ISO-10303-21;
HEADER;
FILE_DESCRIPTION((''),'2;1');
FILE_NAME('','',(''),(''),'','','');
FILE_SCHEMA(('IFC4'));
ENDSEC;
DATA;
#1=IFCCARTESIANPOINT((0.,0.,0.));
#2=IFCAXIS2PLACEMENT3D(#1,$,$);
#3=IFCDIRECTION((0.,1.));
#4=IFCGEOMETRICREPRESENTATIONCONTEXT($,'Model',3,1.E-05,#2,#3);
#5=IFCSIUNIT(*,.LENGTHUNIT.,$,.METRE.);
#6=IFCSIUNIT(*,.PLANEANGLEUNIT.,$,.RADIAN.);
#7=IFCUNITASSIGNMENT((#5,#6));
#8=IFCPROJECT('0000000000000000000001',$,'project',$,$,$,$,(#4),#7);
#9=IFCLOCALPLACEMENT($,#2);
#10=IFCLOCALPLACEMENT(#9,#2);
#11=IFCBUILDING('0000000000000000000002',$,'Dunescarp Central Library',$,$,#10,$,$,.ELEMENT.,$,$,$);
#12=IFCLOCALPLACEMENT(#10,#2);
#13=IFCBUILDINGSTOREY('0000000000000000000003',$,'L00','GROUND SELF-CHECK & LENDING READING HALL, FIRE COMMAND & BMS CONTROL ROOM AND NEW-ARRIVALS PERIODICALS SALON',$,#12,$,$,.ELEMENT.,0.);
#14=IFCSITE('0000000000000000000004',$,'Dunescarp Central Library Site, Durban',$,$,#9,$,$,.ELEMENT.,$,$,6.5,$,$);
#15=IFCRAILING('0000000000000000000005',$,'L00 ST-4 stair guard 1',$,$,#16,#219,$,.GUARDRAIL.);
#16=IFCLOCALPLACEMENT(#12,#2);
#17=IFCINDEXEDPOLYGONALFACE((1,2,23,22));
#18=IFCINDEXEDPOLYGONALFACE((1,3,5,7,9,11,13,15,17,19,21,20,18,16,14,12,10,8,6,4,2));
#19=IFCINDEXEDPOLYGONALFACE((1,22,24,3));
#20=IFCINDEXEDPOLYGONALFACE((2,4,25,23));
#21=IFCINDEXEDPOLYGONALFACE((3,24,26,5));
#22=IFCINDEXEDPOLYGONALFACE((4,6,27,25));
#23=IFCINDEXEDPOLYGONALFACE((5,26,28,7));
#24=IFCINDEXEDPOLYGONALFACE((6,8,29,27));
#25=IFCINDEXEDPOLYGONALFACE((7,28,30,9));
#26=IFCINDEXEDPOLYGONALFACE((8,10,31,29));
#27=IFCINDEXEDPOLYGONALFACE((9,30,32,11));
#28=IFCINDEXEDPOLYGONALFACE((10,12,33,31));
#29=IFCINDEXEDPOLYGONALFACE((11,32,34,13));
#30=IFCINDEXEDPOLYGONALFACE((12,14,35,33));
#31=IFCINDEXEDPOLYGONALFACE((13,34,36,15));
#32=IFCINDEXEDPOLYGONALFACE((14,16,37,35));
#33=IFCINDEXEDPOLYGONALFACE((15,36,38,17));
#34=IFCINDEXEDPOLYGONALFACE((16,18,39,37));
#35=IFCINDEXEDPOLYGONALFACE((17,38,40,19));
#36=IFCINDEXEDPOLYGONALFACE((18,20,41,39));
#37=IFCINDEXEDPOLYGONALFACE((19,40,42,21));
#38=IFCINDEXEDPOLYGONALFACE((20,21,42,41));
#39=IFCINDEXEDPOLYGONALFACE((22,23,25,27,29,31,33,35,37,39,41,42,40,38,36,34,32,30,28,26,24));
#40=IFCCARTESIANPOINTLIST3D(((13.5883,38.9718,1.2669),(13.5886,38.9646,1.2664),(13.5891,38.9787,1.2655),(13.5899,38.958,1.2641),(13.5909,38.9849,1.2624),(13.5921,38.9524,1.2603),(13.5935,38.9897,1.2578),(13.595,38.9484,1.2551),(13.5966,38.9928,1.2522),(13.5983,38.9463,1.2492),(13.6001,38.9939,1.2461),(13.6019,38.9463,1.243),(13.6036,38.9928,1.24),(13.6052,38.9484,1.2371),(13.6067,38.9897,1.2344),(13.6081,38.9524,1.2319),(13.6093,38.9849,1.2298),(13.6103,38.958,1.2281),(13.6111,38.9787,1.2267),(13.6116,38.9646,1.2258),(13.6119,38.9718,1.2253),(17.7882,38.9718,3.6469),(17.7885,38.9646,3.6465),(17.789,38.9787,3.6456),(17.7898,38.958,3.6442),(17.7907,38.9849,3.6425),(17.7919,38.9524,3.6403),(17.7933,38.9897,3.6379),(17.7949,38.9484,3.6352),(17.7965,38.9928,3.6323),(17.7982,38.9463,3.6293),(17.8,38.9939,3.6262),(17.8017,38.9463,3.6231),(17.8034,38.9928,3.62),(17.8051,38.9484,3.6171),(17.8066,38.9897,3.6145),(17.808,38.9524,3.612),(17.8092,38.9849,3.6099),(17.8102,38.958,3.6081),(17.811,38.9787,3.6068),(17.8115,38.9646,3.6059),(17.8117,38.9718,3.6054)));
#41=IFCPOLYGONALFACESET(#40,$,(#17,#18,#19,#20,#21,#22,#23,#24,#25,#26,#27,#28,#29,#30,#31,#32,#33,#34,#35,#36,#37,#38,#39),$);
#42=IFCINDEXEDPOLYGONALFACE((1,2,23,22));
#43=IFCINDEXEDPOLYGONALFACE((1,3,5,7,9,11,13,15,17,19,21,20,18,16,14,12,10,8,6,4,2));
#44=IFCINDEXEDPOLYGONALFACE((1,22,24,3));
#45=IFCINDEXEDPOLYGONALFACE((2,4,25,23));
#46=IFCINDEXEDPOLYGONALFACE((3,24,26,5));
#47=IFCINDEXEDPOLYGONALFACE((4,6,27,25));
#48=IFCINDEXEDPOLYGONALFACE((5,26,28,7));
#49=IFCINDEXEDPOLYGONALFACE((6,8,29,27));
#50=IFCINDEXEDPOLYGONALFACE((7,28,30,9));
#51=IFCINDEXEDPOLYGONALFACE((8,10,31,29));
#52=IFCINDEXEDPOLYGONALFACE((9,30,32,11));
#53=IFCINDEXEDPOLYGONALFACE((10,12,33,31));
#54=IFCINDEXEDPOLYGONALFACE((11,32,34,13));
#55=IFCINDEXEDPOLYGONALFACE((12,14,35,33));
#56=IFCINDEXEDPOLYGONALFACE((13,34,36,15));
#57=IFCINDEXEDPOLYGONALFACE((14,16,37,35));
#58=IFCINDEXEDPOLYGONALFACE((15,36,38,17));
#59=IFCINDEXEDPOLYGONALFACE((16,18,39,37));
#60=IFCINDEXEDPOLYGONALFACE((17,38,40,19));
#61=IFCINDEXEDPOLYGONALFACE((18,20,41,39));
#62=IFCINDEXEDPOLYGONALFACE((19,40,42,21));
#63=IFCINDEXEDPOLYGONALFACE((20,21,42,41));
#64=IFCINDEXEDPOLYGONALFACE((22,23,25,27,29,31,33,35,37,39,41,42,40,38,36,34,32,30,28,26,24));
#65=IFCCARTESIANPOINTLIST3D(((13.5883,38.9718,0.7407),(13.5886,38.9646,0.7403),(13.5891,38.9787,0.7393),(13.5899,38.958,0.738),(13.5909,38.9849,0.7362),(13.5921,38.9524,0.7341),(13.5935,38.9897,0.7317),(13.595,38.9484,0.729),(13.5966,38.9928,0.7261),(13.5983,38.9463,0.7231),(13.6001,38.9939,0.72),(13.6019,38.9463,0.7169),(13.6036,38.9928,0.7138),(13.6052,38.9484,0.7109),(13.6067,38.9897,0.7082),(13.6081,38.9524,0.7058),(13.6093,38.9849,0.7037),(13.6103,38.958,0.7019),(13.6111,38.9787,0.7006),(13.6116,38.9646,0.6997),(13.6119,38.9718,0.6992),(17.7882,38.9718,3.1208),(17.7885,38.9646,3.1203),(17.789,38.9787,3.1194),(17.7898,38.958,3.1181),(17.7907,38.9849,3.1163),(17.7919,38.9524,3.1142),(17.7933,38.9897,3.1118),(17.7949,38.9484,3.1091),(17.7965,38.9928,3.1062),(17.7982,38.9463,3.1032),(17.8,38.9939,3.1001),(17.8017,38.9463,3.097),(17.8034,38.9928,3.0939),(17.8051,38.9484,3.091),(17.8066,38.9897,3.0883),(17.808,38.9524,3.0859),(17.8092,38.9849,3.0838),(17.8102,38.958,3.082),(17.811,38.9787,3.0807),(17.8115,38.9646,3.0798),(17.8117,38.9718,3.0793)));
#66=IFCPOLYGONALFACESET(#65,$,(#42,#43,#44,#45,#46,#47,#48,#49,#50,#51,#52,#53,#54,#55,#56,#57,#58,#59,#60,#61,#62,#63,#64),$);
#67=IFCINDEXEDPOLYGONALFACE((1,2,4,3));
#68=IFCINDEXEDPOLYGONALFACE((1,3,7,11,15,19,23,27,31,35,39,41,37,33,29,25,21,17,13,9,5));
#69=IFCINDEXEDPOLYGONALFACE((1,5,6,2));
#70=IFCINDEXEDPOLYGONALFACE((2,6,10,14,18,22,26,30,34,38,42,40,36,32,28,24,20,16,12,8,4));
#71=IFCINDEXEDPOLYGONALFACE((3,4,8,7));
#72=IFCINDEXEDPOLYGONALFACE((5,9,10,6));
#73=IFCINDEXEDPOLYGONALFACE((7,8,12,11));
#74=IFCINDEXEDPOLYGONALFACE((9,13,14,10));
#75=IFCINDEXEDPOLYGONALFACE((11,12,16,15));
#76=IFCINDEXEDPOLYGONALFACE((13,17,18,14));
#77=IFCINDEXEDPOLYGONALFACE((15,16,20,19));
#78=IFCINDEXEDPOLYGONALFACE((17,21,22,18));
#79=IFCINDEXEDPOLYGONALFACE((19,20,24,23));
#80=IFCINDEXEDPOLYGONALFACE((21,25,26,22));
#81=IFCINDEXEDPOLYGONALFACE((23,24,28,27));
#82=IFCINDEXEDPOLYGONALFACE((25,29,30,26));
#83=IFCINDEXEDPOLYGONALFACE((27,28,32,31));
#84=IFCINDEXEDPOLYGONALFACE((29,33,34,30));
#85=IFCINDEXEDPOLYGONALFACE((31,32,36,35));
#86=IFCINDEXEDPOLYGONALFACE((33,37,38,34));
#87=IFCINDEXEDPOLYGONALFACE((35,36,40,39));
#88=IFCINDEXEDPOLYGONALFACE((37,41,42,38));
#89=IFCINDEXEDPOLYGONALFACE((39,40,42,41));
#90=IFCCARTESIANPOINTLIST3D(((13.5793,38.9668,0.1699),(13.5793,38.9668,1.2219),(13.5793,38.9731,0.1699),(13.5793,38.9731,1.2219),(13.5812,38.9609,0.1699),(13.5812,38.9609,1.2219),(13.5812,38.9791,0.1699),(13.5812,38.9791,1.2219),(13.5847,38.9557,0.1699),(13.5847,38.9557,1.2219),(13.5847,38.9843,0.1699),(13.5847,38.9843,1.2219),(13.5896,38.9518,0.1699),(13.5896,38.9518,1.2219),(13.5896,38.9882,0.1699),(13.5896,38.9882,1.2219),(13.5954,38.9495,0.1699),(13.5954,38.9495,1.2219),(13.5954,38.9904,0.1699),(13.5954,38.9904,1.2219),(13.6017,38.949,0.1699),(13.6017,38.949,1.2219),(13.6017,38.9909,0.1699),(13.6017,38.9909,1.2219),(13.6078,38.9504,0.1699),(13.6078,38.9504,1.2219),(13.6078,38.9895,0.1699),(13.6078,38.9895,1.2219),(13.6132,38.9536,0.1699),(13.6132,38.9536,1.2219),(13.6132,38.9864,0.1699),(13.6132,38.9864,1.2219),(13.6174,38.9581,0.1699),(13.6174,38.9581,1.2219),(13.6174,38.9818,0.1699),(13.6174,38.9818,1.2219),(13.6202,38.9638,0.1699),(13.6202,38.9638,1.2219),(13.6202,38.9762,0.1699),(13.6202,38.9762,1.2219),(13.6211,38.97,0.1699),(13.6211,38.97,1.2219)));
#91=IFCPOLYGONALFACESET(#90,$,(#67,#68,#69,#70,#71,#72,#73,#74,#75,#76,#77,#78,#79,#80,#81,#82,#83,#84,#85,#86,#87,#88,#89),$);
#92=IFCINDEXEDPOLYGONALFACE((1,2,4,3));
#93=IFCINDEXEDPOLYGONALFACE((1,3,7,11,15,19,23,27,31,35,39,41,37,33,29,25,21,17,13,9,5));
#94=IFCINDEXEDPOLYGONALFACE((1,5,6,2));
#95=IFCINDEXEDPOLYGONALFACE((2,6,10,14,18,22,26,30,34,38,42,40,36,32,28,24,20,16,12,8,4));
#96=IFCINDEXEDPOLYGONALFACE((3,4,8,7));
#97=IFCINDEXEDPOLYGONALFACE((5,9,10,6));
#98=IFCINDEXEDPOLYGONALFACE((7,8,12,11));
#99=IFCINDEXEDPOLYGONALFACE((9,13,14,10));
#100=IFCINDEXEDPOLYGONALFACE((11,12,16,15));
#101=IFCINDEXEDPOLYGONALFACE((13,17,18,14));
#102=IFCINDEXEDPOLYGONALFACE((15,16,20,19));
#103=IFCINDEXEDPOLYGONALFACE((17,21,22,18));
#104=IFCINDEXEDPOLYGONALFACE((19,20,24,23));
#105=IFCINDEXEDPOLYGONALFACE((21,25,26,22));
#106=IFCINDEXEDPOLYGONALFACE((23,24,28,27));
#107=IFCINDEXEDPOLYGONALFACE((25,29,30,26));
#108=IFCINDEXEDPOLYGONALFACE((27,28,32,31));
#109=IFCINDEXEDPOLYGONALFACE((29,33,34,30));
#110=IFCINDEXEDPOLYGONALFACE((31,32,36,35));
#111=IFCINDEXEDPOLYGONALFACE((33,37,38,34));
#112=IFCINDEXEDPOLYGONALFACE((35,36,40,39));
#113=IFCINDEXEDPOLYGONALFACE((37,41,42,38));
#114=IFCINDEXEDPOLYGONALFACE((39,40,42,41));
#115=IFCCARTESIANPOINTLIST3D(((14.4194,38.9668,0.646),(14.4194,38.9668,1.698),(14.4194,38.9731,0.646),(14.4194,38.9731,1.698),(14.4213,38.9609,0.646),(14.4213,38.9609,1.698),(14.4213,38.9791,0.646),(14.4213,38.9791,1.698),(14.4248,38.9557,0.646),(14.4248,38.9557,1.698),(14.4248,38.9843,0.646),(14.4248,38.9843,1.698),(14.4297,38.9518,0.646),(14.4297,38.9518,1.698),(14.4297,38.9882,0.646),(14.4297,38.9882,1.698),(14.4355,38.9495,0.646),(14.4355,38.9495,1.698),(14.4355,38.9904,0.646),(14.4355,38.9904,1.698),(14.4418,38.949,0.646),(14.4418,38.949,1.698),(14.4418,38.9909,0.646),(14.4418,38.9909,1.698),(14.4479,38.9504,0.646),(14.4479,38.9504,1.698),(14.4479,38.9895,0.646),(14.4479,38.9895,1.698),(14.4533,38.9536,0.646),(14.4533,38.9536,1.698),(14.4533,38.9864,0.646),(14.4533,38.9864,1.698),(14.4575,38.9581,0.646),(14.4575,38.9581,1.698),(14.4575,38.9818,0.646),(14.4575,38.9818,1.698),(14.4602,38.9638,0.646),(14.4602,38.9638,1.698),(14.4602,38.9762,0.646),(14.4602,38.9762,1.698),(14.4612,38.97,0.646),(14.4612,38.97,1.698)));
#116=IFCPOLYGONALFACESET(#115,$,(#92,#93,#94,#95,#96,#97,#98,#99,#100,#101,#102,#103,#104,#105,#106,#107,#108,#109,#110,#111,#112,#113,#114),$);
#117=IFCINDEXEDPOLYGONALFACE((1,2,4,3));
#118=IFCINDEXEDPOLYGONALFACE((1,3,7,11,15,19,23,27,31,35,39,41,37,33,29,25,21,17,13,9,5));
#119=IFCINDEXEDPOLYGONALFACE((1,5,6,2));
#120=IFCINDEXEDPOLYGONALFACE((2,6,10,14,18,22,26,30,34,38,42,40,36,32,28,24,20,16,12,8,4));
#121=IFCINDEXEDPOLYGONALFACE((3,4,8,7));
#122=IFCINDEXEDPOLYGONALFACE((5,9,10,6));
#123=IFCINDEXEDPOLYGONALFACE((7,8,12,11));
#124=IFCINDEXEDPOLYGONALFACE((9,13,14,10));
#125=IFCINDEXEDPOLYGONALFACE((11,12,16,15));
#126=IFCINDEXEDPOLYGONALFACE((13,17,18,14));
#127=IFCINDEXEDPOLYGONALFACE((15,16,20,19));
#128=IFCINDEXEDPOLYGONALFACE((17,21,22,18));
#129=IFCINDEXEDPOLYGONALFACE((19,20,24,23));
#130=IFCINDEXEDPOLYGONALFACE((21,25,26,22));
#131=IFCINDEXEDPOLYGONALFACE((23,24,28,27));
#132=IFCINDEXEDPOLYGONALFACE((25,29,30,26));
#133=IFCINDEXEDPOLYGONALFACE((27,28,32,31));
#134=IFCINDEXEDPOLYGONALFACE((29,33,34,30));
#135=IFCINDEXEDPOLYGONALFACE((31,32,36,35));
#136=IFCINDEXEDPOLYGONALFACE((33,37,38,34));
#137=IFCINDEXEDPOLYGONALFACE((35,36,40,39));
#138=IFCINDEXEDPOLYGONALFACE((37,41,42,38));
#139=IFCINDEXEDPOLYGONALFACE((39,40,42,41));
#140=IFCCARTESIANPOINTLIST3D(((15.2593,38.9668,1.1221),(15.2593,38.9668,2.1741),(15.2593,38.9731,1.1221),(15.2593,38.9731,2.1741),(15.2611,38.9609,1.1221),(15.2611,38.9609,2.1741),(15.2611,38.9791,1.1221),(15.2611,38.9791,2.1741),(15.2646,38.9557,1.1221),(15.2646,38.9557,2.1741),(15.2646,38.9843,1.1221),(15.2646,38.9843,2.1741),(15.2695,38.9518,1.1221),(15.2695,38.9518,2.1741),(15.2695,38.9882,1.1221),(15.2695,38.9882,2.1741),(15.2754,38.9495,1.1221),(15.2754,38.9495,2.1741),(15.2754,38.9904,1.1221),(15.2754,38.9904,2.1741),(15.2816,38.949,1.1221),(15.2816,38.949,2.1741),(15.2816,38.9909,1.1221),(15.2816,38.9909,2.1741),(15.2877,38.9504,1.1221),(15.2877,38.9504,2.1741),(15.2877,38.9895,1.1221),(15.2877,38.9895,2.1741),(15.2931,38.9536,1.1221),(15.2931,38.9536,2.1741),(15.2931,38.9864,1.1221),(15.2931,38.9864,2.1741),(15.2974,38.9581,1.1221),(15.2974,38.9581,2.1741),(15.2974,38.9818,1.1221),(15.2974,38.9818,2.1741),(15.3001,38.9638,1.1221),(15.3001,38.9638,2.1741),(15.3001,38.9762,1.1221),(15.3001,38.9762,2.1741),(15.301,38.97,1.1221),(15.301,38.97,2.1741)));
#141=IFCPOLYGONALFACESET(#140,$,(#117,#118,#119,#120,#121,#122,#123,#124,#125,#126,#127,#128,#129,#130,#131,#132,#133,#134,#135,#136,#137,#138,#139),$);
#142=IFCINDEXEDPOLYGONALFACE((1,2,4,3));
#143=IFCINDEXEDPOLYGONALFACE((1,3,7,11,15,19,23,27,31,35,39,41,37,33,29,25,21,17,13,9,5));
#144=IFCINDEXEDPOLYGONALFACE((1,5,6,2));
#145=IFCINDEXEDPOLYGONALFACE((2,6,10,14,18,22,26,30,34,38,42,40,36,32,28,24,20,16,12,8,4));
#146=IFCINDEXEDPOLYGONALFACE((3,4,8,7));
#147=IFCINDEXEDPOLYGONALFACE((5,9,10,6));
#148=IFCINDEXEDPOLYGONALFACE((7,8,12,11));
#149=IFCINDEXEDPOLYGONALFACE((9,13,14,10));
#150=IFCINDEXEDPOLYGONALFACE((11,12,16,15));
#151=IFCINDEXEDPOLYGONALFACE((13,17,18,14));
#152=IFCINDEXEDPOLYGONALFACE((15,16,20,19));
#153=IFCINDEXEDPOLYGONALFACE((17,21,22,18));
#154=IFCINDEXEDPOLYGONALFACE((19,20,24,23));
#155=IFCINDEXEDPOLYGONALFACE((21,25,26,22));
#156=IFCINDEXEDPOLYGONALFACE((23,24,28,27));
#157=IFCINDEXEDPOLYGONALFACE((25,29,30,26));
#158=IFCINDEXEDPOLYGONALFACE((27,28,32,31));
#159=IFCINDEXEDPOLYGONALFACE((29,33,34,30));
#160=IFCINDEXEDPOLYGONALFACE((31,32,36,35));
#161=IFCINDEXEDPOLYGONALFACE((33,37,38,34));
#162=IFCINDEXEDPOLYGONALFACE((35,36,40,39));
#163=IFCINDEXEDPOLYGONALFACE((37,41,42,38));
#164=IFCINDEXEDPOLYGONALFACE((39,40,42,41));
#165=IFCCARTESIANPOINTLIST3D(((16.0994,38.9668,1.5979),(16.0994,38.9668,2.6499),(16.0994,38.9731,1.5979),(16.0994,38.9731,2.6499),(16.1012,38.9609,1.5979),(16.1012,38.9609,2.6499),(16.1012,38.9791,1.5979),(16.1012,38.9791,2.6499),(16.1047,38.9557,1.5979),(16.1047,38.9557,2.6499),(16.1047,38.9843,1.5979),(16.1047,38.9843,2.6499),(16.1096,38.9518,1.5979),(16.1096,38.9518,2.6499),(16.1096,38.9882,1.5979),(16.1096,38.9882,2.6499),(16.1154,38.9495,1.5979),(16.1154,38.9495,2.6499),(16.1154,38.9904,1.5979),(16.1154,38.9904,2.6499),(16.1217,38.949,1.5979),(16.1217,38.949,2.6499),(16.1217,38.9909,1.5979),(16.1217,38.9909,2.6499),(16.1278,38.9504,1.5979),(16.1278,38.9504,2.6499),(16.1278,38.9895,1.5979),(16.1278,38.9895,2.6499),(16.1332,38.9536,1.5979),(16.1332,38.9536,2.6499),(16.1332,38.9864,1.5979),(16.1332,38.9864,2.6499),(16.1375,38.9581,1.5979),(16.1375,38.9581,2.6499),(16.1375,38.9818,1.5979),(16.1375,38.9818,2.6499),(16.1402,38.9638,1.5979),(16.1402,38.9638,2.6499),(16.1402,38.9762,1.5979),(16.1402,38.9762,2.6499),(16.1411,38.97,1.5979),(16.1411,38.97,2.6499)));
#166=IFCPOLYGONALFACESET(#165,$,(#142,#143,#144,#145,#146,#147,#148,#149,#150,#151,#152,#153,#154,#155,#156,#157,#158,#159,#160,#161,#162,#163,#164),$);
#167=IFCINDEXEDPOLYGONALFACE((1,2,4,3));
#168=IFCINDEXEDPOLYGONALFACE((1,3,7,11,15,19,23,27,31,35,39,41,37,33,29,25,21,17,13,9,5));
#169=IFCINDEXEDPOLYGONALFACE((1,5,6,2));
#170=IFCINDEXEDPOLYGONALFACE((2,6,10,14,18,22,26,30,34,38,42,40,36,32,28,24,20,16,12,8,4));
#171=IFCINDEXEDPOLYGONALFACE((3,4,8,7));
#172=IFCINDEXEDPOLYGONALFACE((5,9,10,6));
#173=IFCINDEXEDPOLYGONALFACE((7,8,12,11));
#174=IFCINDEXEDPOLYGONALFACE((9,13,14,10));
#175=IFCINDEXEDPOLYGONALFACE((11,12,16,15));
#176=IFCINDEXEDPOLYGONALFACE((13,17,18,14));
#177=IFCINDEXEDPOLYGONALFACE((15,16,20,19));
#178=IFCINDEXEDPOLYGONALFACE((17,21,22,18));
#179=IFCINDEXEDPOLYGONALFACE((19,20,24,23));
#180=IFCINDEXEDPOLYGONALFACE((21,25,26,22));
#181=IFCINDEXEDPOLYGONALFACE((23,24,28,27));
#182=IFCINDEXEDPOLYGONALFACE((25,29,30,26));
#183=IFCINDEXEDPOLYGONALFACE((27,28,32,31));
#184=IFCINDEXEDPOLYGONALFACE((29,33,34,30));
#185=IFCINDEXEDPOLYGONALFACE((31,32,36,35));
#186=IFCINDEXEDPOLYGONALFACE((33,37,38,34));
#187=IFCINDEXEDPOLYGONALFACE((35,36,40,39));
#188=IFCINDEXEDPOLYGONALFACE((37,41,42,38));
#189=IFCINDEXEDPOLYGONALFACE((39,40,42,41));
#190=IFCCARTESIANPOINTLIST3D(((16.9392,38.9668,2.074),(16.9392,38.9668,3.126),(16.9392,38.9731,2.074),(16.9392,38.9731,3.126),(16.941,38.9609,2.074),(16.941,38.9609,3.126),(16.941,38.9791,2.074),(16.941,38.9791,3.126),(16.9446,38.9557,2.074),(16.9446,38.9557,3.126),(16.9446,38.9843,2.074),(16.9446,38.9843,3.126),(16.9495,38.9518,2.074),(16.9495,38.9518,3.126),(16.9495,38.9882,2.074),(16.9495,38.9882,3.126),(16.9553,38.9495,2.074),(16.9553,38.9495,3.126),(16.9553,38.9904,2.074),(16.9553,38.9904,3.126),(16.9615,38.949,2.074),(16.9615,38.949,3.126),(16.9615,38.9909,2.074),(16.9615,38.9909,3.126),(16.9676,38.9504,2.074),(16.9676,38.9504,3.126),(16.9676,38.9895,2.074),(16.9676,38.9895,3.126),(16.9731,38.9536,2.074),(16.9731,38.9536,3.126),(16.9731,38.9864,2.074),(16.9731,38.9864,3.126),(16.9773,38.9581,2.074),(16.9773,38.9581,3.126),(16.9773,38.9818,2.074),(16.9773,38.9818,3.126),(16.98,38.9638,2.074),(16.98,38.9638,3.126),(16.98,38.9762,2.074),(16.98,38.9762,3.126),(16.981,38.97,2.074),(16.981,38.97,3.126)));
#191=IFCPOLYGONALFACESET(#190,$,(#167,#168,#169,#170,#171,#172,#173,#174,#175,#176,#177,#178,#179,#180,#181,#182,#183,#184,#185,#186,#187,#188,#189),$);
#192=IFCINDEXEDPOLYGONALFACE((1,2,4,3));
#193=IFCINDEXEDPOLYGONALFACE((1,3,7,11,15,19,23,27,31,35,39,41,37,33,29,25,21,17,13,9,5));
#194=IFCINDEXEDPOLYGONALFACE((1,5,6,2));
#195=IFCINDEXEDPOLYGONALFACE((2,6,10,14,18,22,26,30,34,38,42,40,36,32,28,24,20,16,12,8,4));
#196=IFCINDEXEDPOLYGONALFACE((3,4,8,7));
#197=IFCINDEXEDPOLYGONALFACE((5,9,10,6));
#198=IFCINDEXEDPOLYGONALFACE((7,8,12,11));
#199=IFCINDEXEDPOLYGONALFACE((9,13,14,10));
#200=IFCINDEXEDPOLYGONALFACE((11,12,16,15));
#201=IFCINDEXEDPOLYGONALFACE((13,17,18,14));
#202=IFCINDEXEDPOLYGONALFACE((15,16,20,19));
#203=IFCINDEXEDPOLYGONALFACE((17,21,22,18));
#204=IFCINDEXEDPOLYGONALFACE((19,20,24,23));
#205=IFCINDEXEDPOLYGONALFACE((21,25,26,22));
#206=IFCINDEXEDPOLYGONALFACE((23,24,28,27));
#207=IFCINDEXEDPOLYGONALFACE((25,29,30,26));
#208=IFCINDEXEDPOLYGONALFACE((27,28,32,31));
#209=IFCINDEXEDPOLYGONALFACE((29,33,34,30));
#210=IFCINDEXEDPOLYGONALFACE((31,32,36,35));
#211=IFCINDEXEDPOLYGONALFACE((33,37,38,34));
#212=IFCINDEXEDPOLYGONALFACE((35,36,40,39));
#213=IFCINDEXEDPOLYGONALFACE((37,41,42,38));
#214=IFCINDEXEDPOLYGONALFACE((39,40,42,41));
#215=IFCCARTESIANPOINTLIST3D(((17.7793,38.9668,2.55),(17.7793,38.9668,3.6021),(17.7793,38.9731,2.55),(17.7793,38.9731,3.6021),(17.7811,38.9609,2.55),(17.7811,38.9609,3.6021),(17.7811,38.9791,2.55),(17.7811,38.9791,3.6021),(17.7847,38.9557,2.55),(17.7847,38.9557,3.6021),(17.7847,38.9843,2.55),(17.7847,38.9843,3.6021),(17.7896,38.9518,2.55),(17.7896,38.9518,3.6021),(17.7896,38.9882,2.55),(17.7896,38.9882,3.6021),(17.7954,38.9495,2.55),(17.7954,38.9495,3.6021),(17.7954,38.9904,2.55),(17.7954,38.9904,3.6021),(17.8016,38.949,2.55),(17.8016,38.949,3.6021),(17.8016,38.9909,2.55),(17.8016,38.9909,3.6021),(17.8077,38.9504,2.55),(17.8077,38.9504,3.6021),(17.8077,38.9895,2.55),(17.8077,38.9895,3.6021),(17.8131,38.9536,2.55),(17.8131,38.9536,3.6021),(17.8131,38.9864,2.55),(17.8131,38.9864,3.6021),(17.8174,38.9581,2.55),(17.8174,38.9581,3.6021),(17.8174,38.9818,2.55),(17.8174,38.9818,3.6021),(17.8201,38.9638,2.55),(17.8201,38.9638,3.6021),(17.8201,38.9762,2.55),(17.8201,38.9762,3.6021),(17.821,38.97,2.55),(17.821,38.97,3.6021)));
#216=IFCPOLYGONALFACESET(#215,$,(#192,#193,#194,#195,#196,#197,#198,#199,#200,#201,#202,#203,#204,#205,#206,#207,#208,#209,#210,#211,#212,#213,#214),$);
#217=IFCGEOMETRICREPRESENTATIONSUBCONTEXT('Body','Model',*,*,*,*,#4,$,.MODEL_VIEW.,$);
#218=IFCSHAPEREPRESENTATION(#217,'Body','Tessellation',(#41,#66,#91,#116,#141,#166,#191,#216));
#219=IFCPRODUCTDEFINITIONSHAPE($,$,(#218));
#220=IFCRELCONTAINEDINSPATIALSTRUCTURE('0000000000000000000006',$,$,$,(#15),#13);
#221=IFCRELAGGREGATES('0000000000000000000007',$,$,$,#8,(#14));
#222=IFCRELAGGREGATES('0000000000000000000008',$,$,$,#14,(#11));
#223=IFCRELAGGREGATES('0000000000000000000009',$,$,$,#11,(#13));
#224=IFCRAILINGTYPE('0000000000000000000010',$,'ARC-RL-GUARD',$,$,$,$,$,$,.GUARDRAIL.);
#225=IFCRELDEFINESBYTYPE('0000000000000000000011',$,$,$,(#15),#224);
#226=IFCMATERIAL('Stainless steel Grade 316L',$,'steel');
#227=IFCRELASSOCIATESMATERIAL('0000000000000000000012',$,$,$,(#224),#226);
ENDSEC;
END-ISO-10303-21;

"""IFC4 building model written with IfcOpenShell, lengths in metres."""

from ifc_helpers import new_model, si_unit, direction, frame, origin, origin_2d, place, context, subcontext, project, spatial, circle, extrude, material, type_object, element, save


model = new_model("IFC4")

# Units and contexts
model_context = context("Model", 3, precision=1e-05, world=origin(), true_north=direction((0.0, 1.0)))
body_context = subcontext(model_context, "Body", "Model", "MODEL_VIEW")
ifc_project = project(units=[si_unit("LENGTHUNIT", "METRE"), si_unit("PLANEANGLEUNIT", "RADIAN")], contexts=[model_context])

# Site, building, storey
site_placement = place(None, origin())
site = spatial("IfcSite", under=ifc_project, at=site_placement, Name="Dunescarp Central Library Site, Durban", CompositionType="ELEMENT", RefElevation=6.5)
building_placement = place(site_placement, origin())
building = spatial("IfcBuilding", under=site, at=building_placement, Name="Dunescarp Central Library", CompositionType="ELEMENT")
storey_placement = place(building_placement, origin())
storey = spatial("IfcBuildingStorey", under=building, at=storey_placement, Name="L00", Description="GROUND SELF-CHECK & LENDING READING HALL, FIRE COMMAND & BMS CONTROL ROOM AND NEW-ARRIVALS PERIODICALS SALON", CompositionType="ELEMENT", Elevation=0.0)

# Railing
ifc_material_1 = material(Name="Stainless steel Grade 316L", Category="steel")
railing_type = type_object("IfcRailingType", Name="ARC-RL-GUARD", PredefinedType="GUARDRAIL", material=ifc_material_1)
railing_1_placement = place(storey_placement, frame((13.6001, 38.97, 0.1699)))
element("IfcRailing", 1, at=railing_1_placement, inside=storey, type_object=railing_type, Name="L00 ST-4 stair guard 1", PredefinedType="GUARDRAIL", context=body_context, shape_type="SweptSolid", body=[
    extrude(circle(Radius=0.0239, at=origin_2d()), frame((0.0, 0.0, 1.0762), z_axis=(0.870008, 0.0, 0.493037), x_axis=(0.0, 1.0, 0.0)), (0.0, 0.0, 1.0), 4.8274),
    extrude(circle(Radius=0.0239, at=origin_2d()), frame((0.0, 0.0, 0.55), z_axis=(0.870008, 0.0, 0.493037), x_axis=(0.0, 1.0, 0.0)), (0.0, 0.0, 1.0), 4.8274),
    extrude(circle(Radius=0.021, at=origin_2d()), origin(), (0.0, 0.0, 1.0), 1.052),
    extrude(circle(Radius=0.021, at=origin_2d()), frame((0.8401, 0.0, 0.4761)), (0.0, 0.0, 1.0), 1.052),
    extrude(circle(Radius=0.021, at=origin_2d()), frame((1.6799, 0.0, 0.9521)), (0.0, 0.0, 1.0), 1.052),
    extrude(circle(Radius=0.021, at=origin_2d()), frame((2.52, 0.0, 1.428)), (0.0, 0.0, 1.0), 1.052),
    extrude(circle(Radius=0.021, at=origin_2d()), frame((3.3599, 0.0, 1.9041)), (0.0, 0.0, 1.0), 1.052),
    extrude(circle(Radius=0.021, at=origin_2d()), frame((4.2, 0.0, 2.3801)), (0.0, 0.0, 1.0), 1.052),
])

save(model, "model.ifc")
